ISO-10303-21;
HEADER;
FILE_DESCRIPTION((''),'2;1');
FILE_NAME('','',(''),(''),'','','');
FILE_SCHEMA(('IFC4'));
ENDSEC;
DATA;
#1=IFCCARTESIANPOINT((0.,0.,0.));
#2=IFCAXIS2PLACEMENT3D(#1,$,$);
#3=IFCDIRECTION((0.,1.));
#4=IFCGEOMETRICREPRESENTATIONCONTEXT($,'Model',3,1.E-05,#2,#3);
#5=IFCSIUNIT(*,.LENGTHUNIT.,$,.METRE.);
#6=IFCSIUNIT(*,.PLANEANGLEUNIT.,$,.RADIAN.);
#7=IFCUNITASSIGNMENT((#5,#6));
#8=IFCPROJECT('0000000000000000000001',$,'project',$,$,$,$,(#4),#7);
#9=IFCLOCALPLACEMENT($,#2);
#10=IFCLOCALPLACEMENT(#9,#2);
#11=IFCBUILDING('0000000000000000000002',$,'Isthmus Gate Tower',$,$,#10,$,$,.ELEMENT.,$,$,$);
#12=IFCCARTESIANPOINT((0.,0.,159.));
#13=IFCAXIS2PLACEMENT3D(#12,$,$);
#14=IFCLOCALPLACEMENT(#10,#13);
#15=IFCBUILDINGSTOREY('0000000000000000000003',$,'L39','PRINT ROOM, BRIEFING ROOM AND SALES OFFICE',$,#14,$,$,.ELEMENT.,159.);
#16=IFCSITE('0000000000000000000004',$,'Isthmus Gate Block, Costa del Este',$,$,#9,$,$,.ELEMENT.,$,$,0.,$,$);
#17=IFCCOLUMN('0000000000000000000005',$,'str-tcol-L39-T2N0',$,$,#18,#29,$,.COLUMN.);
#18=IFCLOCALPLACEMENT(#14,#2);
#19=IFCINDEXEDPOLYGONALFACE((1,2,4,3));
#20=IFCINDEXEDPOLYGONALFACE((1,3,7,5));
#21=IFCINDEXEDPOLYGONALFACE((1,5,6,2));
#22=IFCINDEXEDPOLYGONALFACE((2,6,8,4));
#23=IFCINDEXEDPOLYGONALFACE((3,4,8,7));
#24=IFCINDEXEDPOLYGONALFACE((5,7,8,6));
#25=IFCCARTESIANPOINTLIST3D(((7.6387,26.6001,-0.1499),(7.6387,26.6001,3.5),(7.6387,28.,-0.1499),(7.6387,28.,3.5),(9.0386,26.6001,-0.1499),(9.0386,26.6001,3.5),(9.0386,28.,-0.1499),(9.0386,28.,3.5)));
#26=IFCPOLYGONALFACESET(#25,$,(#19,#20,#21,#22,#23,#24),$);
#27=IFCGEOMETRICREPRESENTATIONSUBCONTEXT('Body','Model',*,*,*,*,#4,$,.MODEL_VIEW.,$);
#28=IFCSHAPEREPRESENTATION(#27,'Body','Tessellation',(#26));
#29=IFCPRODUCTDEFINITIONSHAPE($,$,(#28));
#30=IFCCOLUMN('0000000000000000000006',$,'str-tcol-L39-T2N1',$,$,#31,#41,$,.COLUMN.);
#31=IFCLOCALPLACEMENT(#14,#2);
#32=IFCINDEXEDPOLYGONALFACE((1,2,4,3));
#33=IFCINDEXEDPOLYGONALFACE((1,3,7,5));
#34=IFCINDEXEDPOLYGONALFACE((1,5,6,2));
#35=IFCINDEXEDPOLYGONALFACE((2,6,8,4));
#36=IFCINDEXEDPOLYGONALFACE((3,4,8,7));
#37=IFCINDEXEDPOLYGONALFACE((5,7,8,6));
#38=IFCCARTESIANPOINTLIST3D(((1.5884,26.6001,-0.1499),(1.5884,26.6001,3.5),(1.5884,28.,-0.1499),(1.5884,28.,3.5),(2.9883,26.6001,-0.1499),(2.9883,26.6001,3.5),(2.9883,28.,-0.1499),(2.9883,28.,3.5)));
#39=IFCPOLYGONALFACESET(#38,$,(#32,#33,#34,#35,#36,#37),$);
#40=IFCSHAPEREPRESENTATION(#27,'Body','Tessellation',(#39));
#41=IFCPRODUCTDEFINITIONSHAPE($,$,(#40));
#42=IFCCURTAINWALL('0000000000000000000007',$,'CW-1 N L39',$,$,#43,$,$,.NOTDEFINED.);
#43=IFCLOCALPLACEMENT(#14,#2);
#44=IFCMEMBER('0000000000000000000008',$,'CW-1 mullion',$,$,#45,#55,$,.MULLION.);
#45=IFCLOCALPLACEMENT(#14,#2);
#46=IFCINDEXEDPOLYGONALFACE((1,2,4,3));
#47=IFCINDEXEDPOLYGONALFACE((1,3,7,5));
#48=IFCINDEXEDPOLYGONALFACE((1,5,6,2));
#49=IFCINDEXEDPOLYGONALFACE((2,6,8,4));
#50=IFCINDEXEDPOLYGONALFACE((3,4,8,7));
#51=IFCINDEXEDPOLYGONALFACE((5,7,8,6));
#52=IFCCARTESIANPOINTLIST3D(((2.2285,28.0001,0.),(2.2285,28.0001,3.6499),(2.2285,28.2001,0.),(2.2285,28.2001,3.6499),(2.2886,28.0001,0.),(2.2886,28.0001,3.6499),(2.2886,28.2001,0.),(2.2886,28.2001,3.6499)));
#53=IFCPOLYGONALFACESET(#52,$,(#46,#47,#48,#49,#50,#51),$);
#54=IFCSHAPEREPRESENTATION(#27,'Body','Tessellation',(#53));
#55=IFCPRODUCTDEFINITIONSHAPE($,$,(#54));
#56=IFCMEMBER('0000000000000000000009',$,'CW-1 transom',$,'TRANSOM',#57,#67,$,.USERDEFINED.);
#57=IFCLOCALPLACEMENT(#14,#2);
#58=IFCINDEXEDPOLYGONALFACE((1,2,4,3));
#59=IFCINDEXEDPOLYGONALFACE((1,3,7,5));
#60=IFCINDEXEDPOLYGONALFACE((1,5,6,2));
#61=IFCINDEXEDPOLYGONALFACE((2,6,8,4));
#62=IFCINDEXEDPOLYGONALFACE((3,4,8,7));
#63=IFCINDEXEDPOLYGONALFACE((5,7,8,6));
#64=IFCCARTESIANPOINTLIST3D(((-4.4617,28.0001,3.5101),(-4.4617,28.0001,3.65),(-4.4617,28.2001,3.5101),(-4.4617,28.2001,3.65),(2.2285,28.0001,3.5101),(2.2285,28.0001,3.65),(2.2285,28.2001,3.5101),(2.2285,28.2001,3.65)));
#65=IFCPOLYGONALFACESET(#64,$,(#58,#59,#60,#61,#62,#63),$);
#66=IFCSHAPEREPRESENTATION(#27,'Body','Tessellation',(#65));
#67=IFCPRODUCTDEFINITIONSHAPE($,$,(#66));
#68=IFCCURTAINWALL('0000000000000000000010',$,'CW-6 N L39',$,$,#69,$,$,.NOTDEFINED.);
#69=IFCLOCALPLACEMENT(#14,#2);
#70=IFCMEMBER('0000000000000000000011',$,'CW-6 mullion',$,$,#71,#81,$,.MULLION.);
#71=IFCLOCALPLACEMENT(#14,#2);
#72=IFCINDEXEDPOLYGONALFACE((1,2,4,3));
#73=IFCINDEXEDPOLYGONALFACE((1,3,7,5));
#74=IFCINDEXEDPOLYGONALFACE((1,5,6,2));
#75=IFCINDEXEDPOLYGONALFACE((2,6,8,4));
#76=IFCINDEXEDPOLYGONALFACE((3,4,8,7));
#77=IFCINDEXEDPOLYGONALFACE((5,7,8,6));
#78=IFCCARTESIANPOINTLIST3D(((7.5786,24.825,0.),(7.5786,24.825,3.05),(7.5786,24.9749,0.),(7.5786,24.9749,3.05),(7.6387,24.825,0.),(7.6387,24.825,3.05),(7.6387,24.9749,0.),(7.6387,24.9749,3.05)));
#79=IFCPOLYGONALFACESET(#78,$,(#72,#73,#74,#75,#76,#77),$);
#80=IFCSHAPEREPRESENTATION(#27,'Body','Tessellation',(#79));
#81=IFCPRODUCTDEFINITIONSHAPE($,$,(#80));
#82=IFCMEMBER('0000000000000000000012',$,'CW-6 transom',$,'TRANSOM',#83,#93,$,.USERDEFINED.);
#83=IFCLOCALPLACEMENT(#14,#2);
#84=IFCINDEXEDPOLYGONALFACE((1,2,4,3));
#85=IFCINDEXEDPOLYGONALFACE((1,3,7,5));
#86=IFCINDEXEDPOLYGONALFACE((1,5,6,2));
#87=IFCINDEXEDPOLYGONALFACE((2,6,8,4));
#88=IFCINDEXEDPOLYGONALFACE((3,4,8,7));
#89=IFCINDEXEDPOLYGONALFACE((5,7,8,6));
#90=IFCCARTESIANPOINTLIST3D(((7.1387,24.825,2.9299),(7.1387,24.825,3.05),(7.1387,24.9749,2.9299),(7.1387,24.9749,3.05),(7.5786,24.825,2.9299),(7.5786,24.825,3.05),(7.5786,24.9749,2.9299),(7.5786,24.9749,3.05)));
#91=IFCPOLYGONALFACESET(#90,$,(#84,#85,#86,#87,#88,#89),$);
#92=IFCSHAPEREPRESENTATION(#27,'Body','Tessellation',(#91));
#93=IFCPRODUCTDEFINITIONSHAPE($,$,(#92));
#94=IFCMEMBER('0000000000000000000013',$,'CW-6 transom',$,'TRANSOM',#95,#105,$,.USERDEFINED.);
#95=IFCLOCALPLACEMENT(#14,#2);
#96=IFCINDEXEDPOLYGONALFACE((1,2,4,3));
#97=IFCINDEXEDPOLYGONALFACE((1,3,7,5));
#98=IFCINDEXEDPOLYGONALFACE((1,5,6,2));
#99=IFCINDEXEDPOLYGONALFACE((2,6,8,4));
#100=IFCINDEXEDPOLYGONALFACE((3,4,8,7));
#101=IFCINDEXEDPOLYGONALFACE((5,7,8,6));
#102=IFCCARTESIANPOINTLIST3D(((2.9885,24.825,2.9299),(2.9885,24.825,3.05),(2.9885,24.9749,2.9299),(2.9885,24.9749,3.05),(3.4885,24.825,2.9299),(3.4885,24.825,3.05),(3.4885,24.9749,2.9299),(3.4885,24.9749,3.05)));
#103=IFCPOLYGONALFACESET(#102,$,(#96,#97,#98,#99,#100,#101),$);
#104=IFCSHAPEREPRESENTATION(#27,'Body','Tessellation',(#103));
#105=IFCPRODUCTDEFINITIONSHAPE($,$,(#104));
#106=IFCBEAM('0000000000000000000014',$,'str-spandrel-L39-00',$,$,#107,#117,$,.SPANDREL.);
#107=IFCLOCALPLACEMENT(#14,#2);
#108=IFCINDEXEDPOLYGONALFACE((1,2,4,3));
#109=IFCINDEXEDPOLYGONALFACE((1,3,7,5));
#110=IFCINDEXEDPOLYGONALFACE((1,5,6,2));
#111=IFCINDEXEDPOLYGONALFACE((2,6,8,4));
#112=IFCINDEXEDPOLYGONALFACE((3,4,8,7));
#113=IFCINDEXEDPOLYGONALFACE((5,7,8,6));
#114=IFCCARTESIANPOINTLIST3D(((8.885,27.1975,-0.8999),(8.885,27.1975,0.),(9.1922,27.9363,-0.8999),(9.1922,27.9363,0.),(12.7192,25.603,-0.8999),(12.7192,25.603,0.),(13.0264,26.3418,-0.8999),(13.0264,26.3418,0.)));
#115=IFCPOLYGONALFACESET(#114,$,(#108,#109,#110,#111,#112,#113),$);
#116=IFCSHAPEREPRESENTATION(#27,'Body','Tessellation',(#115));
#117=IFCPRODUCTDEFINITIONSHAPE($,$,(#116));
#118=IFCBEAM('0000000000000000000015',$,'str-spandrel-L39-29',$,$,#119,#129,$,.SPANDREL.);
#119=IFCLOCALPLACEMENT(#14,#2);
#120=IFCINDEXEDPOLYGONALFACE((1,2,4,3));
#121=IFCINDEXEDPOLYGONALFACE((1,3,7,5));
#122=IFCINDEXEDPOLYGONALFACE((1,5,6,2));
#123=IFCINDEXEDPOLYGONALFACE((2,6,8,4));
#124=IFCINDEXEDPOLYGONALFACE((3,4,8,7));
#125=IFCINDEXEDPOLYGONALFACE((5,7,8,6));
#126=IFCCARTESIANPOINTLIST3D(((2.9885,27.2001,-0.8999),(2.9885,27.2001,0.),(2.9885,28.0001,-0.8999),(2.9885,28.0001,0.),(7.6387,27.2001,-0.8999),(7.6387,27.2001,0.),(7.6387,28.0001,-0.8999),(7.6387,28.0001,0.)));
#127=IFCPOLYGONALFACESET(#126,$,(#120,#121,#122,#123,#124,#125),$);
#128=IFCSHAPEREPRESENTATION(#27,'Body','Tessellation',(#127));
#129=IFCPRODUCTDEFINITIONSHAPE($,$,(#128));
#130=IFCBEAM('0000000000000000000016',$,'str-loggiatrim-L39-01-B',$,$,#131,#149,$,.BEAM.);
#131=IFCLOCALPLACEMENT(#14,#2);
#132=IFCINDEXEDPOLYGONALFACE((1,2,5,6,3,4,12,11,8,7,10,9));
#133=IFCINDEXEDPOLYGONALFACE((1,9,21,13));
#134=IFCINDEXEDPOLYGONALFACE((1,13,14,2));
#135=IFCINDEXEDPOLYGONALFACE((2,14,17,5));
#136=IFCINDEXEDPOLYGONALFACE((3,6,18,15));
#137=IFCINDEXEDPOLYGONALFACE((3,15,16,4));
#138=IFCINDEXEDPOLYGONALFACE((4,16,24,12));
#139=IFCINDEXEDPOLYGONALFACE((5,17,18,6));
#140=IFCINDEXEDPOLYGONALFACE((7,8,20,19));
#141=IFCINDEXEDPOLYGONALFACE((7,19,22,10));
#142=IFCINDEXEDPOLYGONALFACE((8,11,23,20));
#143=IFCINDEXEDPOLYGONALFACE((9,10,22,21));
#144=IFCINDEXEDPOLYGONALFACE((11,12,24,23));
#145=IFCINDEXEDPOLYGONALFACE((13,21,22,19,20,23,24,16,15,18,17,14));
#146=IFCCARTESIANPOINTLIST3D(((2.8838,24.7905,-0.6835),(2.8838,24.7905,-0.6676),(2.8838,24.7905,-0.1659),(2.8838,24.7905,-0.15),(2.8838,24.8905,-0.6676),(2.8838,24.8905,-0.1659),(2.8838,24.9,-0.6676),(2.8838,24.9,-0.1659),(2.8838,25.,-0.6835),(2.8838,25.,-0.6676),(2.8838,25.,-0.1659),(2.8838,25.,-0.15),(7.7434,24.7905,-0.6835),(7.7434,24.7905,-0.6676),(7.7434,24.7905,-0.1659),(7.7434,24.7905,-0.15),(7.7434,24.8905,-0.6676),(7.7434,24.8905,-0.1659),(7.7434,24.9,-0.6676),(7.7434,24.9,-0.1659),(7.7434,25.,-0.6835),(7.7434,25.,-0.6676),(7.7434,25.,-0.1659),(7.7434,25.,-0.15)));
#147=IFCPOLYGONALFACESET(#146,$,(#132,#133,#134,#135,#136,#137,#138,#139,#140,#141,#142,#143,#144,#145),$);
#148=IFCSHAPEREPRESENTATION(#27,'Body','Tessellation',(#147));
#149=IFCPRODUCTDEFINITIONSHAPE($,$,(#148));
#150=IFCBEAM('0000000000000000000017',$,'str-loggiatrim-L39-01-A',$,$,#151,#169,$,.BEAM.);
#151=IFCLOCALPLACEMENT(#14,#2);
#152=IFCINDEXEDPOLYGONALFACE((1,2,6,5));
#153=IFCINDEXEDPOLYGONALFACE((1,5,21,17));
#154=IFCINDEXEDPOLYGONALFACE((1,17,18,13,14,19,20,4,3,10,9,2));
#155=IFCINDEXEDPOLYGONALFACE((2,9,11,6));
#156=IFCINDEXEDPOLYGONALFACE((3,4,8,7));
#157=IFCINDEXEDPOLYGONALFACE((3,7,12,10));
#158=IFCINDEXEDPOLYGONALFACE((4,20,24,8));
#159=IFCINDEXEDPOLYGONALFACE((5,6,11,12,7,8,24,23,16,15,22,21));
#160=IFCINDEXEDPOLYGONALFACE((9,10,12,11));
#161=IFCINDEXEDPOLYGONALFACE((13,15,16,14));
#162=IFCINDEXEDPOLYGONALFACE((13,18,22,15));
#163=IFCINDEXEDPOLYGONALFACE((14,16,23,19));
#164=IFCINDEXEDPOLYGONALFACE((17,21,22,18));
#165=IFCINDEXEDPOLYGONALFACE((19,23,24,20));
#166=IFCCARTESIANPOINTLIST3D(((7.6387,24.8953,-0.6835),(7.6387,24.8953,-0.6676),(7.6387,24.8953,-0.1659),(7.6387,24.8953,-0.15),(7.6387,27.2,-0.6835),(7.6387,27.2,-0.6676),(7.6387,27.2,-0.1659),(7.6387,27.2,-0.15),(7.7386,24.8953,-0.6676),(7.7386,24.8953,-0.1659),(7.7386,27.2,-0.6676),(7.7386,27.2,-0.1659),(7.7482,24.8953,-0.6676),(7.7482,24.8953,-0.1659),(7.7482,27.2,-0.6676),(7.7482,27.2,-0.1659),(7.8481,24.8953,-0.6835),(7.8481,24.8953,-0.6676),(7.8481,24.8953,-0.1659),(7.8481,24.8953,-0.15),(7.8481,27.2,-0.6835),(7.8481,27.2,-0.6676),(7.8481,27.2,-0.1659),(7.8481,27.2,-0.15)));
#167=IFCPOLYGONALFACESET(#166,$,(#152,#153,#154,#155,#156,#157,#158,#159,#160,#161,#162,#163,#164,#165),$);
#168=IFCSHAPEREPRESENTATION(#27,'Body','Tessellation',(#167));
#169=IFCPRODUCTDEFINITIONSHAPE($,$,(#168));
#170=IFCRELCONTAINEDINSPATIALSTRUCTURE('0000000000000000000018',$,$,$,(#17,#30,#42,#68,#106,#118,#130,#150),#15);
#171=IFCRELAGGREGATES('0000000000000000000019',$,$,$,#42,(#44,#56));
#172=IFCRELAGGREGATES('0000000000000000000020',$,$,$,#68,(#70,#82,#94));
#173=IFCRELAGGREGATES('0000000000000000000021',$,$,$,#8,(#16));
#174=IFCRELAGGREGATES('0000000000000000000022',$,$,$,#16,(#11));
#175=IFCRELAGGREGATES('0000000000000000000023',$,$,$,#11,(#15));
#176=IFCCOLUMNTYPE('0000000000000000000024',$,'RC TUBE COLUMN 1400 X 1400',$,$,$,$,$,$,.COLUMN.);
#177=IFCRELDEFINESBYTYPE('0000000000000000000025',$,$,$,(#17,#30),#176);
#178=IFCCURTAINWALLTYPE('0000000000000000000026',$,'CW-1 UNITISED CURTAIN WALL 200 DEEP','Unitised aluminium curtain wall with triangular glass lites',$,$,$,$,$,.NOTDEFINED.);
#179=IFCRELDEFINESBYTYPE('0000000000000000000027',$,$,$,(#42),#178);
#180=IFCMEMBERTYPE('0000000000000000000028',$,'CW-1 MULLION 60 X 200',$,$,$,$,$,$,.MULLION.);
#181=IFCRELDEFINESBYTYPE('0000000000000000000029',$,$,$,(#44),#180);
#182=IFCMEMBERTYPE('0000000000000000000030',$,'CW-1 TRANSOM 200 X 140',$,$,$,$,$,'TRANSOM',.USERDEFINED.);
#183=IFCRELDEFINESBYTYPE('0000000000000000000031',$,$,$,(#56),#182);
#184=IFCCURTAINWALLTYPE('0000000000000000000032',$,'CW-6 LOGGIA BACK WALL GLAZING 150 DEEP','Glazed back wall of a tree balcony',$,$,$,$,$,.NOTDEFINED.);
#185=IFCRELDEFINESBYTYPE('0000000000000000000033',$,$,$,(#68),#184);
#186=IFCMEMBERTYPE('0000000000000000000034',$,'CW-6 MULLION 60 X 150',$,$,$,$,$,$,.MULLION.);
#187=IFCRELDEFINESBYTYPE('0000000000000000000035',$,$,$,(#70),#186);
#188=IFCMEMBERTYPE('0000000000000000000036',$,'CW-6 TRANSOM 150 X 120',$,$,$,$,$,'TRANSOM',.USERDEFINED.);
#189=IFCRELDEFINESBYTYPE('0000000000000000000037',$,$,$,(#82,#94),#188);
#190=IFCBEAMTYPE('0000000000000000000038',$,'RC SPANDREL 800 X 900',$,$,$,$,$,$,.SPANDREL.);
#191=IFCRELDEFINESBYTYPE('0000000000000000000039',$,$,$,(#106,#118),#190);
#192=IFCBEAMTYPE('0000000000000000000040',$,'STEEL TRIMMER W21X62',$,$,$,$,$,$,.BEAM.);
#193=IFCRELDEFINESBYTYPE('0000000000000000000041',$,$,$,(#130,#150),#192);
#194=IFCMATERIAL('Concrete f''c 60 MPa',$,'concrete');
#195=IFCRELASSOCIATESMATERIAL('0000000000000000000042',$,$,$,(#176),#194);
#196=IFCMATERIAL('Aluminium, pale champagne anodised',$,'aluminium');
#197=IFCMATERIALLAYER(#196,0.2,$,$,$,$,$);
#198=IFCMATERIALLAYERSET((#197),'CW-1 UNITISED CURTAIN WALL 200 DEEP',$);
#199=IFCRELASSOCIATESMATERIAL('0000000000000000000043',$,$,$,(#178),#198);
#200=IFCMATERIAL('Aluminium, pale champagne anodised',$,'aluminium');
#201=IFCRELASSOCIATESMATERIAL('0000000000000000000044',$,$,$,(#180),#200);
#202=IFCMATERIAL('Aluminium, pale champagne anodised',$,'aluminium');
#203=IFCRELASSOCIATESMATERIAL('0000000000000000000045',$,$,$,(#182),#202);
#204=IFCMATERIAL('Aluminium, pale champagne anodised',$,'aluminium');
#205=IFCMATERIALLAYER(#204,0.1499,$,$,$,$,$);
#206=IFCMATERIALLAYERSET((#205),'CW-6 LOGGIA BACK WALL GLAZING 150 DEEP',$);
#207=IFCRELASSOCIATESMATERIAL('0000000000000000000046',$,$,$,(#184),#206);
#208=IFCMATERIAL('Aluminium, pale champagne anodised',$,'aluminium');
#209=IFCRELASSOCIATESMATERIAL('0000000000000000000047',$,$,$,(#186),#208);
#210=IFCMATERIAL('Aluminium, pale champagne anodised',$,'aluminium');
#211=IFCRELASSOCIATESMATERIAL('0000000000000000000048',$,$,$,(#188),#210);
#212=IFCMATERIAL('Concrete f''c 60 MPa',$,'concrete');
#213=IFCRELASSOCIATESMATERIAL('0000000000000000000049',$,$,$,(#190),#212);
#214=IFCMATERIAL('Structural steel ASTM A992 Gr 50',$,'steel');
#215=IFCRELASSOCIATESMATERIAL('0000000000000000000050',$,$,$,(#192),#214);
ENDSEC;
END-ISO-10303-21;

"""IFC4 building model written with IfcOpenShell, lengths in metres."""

from ifc_helpers import new_model, si_unit, direction, frame, origin, origin_2d, place, context, subcontext, project, spatial, rectangle, i_section, extrude, material, layer, layer_set, material_profile, profile_set, type_object, element, aggregate, save


model = new_model("IFC4")

# Units and contexts
model_context = context("Model", 3, precision=1e-05, world=origin(), true_north=direction((0.0, 1.0)))
body_context = subcontext(model_context, "Body", "Model", "MODEL_VIEW")
ifc_project = project(units=[si_unit("LENGTHUNIT", "METRE"), si_unit("PLANEANGLEUNIT", "RADIAN")], contexts=[model_context])

# Site, building, storey
site_placement = place(None, origin())
site = spatial("IfcSite", under=ifc_project, at=site_placement, Name="Isthmus Gate Block, Costa del Este", CompositionType="ELEMENT", RefElevation=0.0)
building_placement = place(site_placement, origin())
building = spatial("IfcBuilding", under=site, at=building_placement, Name="Isthmus Gate Tower", CompositionType="ELEMENT")
storey_placement = place(building_placement, frame((0.0, 0.0, 159.0)))
storey = spatial("IfcBuildingStorey", under=building, at=storey_placement, Name="L39", Description="PRINT ROOM, BRIEFING ROOM AND SALES OFFICE", CompositionType="ELEMENT", Elevation=159.0)

# Columns
ifc_material_1 = material(Name="Concrete f'c 60 MPa", Category="concrete")
ifc_material_profile_1 = material_profile(ifc_material_1, rectangle(XDim=1.3999, YDim=1.3999, at=origin_2d()), Name="RC 1400X1400")
ifc_profile_set_1 = profile_set([ifc_material_profile_1], Name="Concrete f'c 60 MPa")
column_type = type_object("IfcColumnType", Name="RC TUBE COLUMN 1400 X 1400", PredefinedType="COLUMN", material=ifc_profile_set_1)
for number, where, z_axis, x_axis, name in (
    (1, (8.3386, 27.3, -0.1499), (0.0, 0.0, 1.0), (-1.0, 0.0, 0.0), "str-tcol-L39-T2N0"),
    (2, (2.2883, 27.3, -0.1499), (0.0, 0.0, 1.0), (-1.0, 0.0, 0.0), "str-tcol-L39-T2N1"),
):
    element("IfcColumn", number, at=place(storey_placement, frame(where, z_axis=z_axis, x_axis=x_axis)), inside=storey, type_object=column_type, Name=name, PredefinedType="COLUMN", context=body_context, shape_type="SweptSolid", body=[
        extrude(rectangle(XDim=1.3999, YDim=1.3999, at=origin_2d()), origin(), (0.0, 0.0, 1.0), 3.6499),
    ])

# Curtain walls, members
ifc_material_2 = material(Name="Aluminium, pale champagne anodised", Category="aluminium")
ifc_layer_1 = layer(ifc_material_2, 0.2)
ifc_layer_set_1 = layer_set([ifc_layer_1], Name="CW-1 UNITISED CURTAIN WALL 200 DEEP")
curtain_wall_type_1 = type_object("IfcCurtainWallType", Name="CW-1 UNITISED CURTAIN WALL 200 DEEP", Description="Unitised aluminium curtain wall with triangular glass lites", PredefinedType="NOTDEFINED", material=ifc_layer_set_1)
curtain_wall_1_placement = place(storey_placement, origin())
curtain_wall_1 = element("IfcCurtainWall", 3, at=curtain_wall_1_placement, inside=storey, type_object=curtain_wall_type_1, Name="CW-1 N L39", PredefinedType="NOTDEFINED")
ifc_material_3 = material(Name="Aluminium, pale champagne anodised", Category="aluminium")
ifc_material_profile_2 = material_profile(ifc_material_3, rectangle(XDim=0.0601, YDim=0.2, at=origin_2d()), Name="60x200")
ifc_profile_set_2 = profile_set([ifc_material_profile_2], Name="Aluminium, pale champagne anodised")
member_type_1 = type_object("IfcMemberType", Name="CW-1 MULLION 60 X 200", PredefinedType="MULLION", material=ifc_profile_set_2)
member_1_placement = place(storey_placement, frame((2.2585, 28.1001, 0.0), z_axis=(0.0, 0.0, 1.0), x_axis=(-1.0, 0.0, 0.0)))
member_1 = element("IfcMember", 4, at=member_1_placement, type_object=member_type_1, Name="CW-1 mullion", PredefinedType="MULLION", context=body_context, shape_type="SweptSolid", body=[
    extrude(rectangle(XDim=0.0601, YDim=0.2, at=origin_2d()), origin(), (0.0, 0.0, 1.0), 3.6499),
])
ifc_material_4 = material(Name="Aluminium, pale champagne anodised", Category="aluminium")
ifc_material_profile_3 = material_profile(ifc_material_4, rectangle(XDim=0.2, YDim=0.1399, at=origin_2d()), Name="200x140")
ifc_profile_set_3 = profile_set([ifc_material_profile_3], Name="Aluminium, pale champagne anodised")
member_type_2 = type_object("IfcMemberType", Name="CW-1 TRANSOM 200 X 140", ElementType="TRANSOM", PredefinedType="USERDEFINED", material=ifc_profile_set_3)
member_2_placement = place(storey_placement, frame((2.2285, 28.1001, 3.5801), z_axis=(-1.0, 0.0, 0.0), x_axis=(0.0, -1.0, 0.0)))
member_2 = element("IfcMember", 5, at=member_2_placement, type_object=member_type_2, Name="CW-1 transom", ObjectType="TRANSOM", PredefinedType="USERDEFINED", context=body_context, shape_type="SweptSolid", body=[
    extrude(rectangle(XDim=0.2, YDim=0.1399, at=origin_2d()), origin(), (0.0, 0.0, 1.0), 6.6902),
])
aggregate(curtain_wall_1, [member_1, member_2])
ifc_material_5 = material(Name="Aluminium, pale champagne anodised", Category="aluminium")
ifc_layer_2 = layer(ifc_material_5, 0.1499)
ifc_layer_set_2 = layer_set([ifc_layer_2], Name="CW-6 LOGGIA BACK WALL GLAZING 150 DEEP")
curtain_wall_type_2 = type_object("IfcCurtainWallType", Name="CW-6 LOGGIA BACK WALL GLAZING 150 DEEP", Description="Glazed back wall of a tree balcony", PredefinedType="NOTDEFINED", material=ifc_layer_set_2)
curtain_wall_2_placement = place(storey_placement, origin())
curtain_wall_2 = element("IfcCurtainWall", 6, at=curtain_wall_2_placement, inside=storey, type_object=curtain_wall_type_2, Name="CW-6 N L39", PredefinedType="NOTDEFINED")
ifc_material_6 = material(Name="Aluminium, pale champagne anodised", Category="aluminium")
ifc_material_profile_4 = material_profile(ifc_material_6, rectangle(XDim=0.0601, YDim=0.1499, at=origin_2d()), Name="60x150")
ifc_profile_set_4 = profile_set([ifc_material_profile_4], Name="Aluminium, pale champagne anodised")
member_type_3 = type_object("IfcMemberType", Name="CW-6 MULLION 60 X 150", PredefinedType="MULLION", material=ifc_profile_set_4)
member_3_placement = place(storey_placement, frame((7.6086, 24.8999, 0.0), z_axis=(0.0, 0.0, 1.0), x_axis=(-1.0, 0.0, 0.0)))
member_3 = element("IfcMember", 7, at=member_3_placement, type_object=member_type_3, Name="CW-6 mullion", PredefinedType="MULLION", context=body_context, shape_type="SweptSolid", body=[
    extrude(rectangle(XDim=0.0601, YDim=0.1499, at=origin_2d()), origin(), (0.0, 0.0, 1.0), 3.05),
])
ifc_material_7 = material(Name="Aluminium, pale champagne anodised", Category="aluminium")
ifc_material_profile_5 = material_profile(ifc_material_7, rectangle(XDim=0.1499, YDim=0.1201, at=origin_2d()), Name="150x120")
ifc_profile_set_5 = profile_set([ifc_material_profile_5], Name="Aluminium, pale champagne anodised")
member_type_4 = type_object("IfcMemberType", Name="CW-6 TRANSOM 150 X 120", ElementType="TRANSOM", PredefinedType="USERDEFINED", material=ifc_profile_set_5)
member_4_placement = place(storey_placement, frame((7.5786, 24.8999, 2.99), z_axis=(-1.0, 0.0, 0.0), x_axis=(0.0, -1.0, 0.0)))
member_4 = element("IfcMember", 8, at=member_4_placement, type_object=member_type_4, Name="CW-6 transom", ObjectType="TRANSOM", PredefinedType="USERDEFINED", context=body_context, shape_type="SweptSolid", body=[
    extrude(rectangle(XDim=0.1499, YDim=0.1201, at=origin_2d()), origin(), (0.0, 0.0, 1.0), 0.4399),
])
member_5_placement = place(storey_placement, frame((3.4885, 24.8999, 2.99), z_axis=(-1.0, 0.0, 0.0), x_axis=(0.0, -1.0, 0.0)))
member_5 = element("IfcMember", 9, at=member_5_placement, type_object=member_type_4, Name="CW-6 transom", ObjectType="TRANSOM", PredefinedType="USERDEFINED", context=body_context, shape_type="SweptSolid", body=[
    extrude(rectangle(XDim=0.1499, YDim=0.1201, at=origin_2d()), origin(), (0.0, 0.0, 1.0), 0.5),
])

# Beams
ifc_material_8 = material(Name="Concrete f'c 60 MPa", Category="concrete")
ifc_material_profile_6 = material_profile(ifc_material_8, rectangle(XDim=0.8, YDim=0.8999, at=origin_2d()), Name="RC 800X900")
ifc_profile_set_6 = profile_set([ifc_material_profile_6], Name="Concrete f'c 60 MPa")
beam_type_1 = type_object("IfcBeamType", Name="RC SPANDREL 800 X 900", PredefinedType="SPANDREL", material=ifc_profile_set_6)
beam_1_placement = place(storey_placement, frame((9.0386, 27.5669, -0.45), z_axis=(0.923343, -0.383977, 0.0), x_axis=(0.383977, 0.923343, 0.0)))
element("IfcBeam", 10, at=beam_1_placement, inside=storey, type_object=beam_type_1, Name="str-spandrel-L39-00", PredefinedType="SPANDREL", context=body_context, shape_type="SweptSolid", body=[
    extrude(rectangle(XDim=0.8, YDim=0.8999, at=origin_2d()), origin(), (0.0, 0.0, 1.0), 4.1526),
])
beam_2_placement = place(storey_placement, frame((2.9885, 27.6001, -0.45), z_axis=(1.0, 0.0, 0.0), x_axis=(0.0, 1.0, 0.0)))
element("IfcBeam", 11, at=beam_2_placement, inside=storey, type_object=beam_type_1, Name="str-spandrel-L39-29", PredefinedType="SPANDREL", context=body_context, shape_type="SweptSolid", body=[
    extrude(rectangle(XDim=0.8, YDim=0.8999, at=origin_2d()), origin(), (0.0, 0.0, 1.0), 4.6501),
])
ifc_material_9 = material(Name="Structural steel ASTM A992 Gr 50", Category="steel")
ifc_material_profile_7 = material_profile(ifc_material_9, i_section(OverallWidth=0.2095, OverallDepth=0.5334, WebThickness=0.0095, FlangeThickness=0.0159, at=origin_2d()), Name="W21X62")
ifc_profile_set_7 = profile_set([ifc_material_profile_7], Name="Structural steel ASTM A992 Gr 50")
beam_type_2 = type_object("IfcBeamType", Name="STEEL TRIMMER W21X62", PredefinedType="BEAM", material=ifc_profile_set_7)
beam_3_placement = place(storey_placement, frame((7.7434, 24.8953, -0.4167), z_axis=(-1.0, 0.0, 0.0), x_axis=(0.0, -1.0, 0.0)))
element("IfcBeam", 12, at=beam_3_placement, inside=storey, type_object=beam_type_2, Name="str-loggiatrim-L39-01-B", PredefinedType="BEAM", context=body_context, shape_type="SweptSolid", body=[
    extrude(i_section(OverallWidth=0.2095, OverallDepth=0.5334, WebThickness=0.0095, FlangeThickness=0.0159, at=origin_2d()), origin(), (0.0, 0.0, 1.0), 4.8596),
])
for number, where, z_axis, x_axis, name in (
    (13, (7.7434, 27.2, -0.4167), (0.0, -1.0, 0.0), (1.0, 0.0, 0.0), "str-loggiatrim-L39-01-A"),
):
    element("IfcBeam", number, at=place(storey_placement, frame(where, z_axis=z_axis, x_axis=x_axis)), inside=storey, type_object=beam_type_2, Name=name, PredefinedType="BEAM", context=body_context, shape_type="SweptSolid", body=[
        extrude(i_section(OverallWidth=0.2095, OverallDepth=0.5334, WebThickness=0.0095, FlangeThickness=0.0159, at=origin_2d()), origin(), (0.0, 0.0, 1.0), 2.3047),
    ])

aggregate(curtain_wall_2, [member_3, member_4, member_5])

save(model, "model.ifc")
